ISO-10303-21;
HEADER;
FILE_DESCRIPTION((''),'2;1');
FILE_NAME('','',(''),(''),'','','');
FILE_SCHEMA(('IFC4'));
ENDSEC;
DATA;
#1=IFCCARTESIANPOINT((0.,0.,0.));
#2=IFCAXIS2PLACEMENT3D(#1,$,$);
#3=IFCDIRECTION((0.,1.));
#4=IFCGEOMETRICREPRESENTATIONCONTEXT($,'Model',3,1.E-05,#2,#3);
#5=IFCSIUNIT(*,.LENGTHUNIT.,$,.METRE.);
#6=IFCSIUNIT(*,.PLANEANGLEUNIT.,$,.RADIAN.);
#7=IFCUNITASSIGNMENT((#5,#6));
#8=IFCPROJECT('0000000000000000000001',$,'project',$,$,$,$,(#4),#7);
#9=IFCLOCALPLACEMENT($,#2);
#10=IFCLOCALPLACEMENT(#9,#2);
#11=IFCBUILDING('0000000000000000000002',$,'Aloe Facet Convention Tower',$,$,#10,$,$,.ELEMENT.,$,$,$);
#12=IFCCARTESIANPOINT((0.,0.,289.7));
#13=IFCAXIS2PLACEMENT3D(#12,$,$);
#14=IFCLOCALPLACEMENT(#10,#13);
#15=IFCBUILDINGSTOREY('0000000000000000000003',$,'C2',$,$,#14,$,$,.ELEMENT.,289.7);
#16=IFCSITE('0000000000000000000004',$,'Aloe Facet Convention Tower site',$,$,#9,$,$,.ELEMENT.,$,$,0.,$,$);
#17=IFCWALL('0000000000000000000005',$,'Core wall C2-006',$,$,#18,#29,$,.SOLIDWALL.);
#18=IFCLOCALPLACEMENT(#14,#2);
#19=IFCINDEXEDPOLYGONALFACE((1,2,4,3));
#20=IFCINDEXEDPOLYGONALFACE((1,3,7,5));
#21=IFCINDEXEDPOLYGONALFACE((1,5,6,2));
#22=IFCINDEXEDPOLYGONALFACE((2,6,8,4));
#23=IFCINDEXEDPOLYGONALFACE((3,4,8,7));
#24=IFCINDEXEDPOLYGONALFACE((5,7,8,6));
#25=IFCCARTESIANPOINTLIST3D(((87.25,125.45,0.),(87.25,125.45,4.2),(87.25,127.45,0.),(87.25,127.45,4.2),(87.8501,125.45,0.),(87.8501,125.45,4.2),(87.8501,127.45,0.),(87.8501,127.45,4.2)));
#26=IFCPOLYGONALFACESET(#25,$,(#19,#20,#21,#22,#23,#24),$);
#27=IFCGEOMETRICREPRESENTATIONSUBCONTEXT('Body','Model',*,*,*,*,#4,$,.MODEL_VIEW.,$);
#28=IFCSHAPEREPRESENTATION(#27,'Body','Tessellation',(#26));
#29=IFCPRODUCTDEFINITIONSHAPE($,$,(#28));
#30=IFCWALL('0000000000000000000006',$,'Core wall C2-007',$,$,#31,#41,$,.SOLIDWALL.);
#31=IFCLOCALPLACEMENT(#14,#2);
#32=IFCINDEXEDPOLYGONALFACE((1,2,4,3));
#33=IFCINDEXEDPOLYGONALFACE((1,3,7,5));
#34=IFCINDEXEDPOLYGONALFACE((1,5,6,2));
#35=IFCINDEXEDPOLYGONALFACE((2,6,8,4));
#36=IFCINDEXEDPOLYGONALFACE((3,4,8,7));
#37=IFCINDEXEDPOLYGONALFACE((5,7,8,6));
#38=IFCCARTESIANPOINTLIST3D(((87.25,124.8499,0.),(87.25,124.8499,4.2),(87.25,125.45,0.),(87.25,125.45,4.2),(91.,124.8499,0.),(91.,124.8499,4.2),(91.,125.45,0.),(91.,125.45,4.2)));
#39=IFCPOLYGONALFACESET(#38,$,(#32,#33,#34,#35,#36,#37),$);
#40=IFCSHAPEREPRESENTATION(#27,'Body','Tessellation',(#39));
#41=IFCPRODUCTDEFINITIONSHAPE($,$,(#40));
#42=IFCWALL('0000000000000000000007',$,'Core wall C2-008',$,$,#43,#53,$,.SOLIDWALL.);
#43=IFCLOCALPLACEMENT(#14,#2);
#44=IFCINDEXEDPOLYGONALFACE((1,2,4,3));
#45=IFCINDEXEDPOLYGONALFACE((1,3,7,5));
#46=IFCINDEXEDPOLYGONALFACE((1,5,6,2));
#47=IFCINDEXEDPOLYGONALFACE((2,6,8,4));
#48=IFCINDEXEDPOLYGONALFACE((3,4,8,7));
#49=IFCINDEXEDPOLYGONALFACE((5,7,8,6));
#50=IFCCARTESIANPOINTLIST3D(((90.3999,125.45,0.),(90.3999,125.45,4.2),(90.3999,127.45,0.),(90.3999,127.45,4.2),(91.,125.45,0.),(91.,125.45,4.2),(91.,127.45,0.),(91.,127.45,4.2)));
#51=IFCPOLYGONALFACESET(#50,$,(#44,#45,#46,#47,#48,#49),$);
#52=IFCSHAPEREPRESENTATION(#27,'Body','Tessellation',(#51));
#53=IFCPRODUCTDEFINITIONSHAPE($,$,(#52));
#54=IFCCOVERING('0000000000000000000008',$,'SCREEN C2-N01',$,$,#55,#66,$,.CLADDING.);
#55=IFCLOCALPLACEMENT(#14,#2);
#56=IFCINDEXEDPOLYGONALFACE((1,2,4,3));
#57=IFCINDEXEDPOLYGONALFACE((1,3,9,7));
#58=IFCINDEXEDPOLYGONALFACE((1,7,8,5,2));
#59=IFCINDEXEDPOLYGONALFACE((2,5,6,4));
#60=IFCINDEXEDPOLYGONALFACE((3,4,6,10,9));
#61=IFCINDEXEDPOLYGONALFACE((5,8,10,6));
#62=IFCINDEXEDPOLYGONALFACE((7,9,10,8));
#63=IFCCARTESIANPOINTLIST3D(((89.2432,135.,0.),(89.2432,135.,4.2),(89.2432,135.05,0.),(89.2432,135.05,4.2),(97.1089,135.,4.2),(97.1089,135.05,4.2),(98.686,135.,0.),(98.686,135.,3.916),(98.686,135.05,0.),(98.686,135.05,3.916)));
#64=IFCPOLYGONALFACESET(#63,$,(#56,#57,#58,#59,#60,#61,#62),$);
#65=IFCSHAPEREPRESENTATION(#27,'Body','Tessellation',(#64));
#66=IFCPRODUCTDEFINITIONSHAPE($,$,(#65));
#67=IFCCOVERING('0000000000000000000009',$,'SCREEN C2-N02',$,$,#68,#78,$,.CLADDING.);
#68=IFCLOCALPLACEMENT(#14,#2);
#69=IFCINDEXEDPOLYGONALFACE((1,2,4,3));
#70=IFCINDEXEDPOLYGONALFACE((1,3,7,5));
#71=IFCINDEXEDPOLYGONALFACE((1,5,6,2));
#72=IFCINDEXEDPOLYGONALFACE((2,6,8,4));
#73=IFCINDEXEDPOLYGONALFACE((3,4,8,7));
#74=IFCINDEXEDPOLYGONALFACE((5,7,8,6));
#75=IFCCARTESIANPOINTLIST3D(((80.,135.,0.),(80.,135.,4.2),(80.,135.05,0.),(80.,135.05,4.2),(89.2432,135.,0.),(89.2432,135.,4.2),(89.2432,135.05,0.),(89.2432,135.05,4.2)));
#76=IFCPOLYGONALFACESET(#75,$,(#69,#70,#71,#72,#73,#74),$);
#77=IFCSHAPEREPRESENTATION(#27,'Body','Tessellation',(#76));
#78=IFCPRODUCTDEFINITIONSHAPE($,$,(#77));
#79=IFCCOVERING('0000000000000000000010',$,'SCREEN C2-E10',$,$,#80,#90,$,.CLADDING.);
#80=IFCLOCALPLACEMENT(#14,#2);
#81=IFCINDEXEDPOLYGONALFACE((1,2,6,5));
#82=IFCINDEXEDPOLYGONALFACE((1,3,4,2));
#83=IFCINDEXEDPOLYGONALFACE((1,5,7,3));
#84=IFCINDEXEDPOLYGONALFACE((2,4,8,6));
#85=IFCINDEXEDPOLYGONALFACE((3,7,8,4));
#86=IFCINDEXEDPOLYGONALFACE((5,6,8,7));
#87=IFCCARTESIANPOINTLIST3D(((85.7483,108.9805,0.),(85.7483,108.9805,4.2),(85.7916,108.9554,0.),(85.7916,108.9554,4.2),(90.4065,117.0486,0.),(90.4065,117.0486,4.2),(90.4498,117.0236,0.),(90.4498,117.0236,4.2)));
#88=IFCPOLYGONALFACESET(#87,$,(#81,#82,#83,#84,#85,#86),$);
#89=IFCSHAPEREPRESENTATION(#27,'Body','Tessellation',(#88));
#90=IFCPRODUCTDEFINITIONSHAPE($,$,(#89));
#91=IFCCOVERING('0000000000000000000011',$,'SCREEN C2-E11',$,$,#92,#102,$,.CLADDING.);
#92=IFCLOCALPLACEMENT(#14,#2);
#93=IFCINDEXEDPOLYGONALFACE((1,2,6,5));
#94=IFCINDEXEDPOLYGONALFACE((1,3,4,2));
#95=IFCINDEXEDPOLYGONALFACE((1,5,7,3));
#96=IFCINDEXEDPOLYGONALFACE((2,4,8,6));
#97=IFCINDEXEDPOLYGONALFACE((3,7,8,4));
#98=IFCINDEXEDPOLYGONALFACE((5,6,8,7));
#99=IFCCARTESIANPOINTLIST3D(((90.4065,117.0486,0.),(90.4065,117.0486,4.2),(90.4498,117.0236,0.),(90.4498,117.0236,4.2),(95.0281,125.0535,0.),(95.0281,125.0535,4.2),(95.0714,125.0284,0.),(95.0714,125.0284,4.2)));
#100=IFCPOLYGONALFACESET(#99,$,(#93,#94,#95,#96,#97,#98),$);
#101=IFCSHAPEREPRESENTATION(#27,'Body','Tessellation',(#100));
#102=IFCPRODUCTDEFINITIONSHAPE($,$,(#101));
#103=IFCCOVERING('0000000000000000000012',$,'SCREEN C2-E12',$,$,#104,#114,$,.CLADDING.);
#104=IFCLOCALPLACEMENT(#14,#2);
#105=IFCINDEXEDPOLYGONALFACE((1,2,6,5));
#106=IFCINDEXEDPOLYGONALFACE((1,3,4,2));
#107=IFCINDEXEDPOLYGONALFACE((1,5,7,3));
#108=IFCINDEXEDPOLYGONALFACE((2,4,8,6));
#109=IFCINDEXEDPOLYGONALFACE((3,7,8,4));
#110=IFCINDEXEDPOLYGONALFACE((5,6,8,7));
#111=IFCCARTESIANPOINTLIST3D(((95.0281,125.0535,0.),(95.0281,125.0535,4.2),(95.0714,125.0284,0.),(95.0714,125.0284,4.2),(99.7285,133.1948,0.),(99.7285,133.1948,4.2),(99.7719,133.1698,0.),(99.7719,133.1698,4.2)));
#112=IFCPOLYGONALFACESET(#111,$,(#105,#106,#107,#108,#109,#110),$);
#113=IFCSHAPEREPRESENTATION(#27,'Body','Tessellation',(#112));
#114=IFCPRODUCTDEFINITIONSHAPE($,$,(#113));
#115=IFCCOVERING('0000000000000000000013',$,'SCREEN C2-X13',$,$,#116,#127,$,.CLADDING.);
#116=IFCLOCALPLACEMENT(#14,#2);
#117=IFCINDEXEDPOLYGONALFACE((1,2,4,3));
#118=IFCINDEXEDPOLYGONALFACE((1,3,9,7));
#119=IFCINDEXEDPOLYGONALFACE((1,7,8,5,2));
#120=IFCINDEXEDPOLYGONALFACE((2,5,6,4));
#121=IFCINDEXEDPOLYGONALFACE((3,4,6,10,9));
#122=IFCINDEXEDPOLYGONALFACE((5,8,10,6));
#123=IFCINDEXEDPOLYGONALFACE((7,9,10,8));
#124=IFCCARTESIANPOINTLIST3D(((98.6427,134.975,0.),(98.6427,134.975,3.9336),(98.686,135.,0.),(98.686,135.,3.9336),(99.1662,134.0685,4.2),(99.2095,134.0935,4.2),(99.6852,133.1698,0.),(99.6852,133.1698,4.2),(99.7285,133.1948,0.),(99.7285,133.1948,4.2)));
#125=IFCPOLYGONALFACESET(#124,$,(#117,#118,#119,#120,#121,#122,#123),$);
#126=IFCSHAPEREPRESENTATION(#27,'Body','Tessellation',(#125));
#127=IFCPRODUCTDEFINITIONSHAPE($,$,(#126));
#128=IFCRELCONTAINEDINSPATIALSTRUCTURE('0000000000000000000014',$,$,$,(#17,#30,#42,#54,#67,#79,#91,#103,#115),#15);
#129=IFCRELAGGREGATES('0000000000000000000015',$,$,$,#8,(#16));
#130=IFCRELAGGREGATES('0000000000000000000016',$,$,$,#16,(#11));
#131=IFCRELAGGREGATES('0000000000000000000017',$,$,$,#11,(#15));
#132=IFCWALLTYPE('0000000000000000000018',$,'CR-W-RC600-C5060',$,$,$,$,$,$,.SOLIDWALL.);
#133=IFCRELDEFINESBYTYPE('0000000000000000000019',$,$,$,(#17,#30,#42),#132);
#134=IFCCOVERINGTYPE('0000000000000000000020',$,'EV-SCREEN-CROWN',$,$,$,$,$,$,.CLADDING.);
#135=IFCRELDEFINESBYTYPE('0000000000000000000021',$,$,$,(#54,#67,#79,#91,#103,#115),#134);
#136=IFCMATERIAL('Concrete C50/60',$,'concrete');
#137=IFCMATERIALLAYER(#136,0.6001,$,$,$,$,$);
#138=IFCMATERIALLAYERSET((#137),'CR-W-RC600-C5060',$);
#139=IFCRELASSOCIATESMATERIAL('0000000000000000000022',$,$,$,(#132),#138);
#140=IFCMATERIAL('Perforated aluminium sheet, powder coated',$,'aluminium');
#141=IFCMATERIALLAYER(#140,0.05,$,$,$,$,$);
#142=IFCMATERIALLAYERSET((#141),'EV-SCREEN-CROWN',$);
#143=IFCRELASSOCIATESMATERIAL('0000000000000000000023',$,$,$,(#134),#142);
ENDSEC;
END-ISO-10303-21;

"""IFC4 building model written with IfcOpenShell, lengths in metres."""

from ifc_helpers import new_model, si_unit, direction, frame, frame_2d, origin, place, context, subcontext, project, spatial, polyline, rectangle, outline, extrude, material, layer, layer_set, type_object, element, save


model = new_model("IFC4")

# Units and contexts
model_context = context("Model", 3, precision=1e-05, world=origin(), true_north=direction((0.0, 1.0)))
body_context = subcontext(model_context, "Body", "Model", "MODEL_VIEW")
ifc_project = project(units=[si_unit("LENGTHUNIT", "METRE"), si_unit("PLANEANGLEUNIT", "RADIAN")], contexts=[model_context])

# Site, building, storey
site_placement = place(None, origin())
site = spatial("IfcSite", under=ifc_project, at=site_placement, Name="Aloe Facet Convention Tower site", CompositionType="ELEMENT", RefElevation=0.0)
building_placement = place(site_placement, origin())
building = spatial("IfcBuilding", under=site, at=building_placement, Name="Aloe Facet Convention Tower", CompositionType="ELEMENT")
storey_placement = place(building_placement, frame((0.0, 0.0, 289.7)))
storey = spatial("IfcBuildingStorey", under=building, at=storey_placement, Name="C2", CompositionType="ELEMENT", Elevation=289.7)

# Walls
ifc_material_1 = material(Name="Concrete C50/60", Category="concrete")
ifc_layer_1 = layer(ifc_material_1, 0.6001)
ifc_layer_set_1 = layer_set([ifc_layer_1], Name="CR-W-RC600-C5060")
wall_type = type_object("IfcWallType", Name="CR-W-RC600-C5060", PredefinedType="SOLIDWALL", material=ifc_layer_set_1)
wall_1_placement = place(storey_placement, frame((87.55, 127.45, 0.0), z_axis=(0.0, 0.0, 1.0), x_axis=(0.0, -1.0, 0.0)))
element("IfcWall", 1, at=wall_1_placement, inside=storey, type_object=wall_type, Name="Core wall C2-006", PredefinedType="SOLIDWALL", context=body_context, shape_type="SweptSolid", body=[
    extrude(rectangle(XDim=2.0, YDim=0.6001, at=frame_2d((1.0, 0.0))), origin(), (0.0, 0.0, 1.0), 4.2),
])
wall_2_placement = place(storey_placement, frame((87.25, 125.1499, 0.0), z_axis=(0.0, 0.0, 1.0), x_axis=(1.0, 0.0, 0.0)))
element("IfcWall", 2, at=wall_2_placement, inside=storey, type_object=wall_type, Name="Core wall C2-007", PredefinedType="SOLIDWALL", context=body_context, shape_type="SweptSolid", body=[
    extrude(rectangle(XDim=3.75, YDim=0.6001, at=frame_2d((1.875, 0.0))), origin(), (0.0, 0.0, 1.0), 4.2),
])
wall_3_placement = place(storey_placement, frame((90.7, 127.45, 0.0), z_axis=(0.0, 0.0, 1.0), x_axis=(0.0, -1.0, 0.0)))
element("IfcWall", 3, at=wall_3_placement, inside=storey, type_object=wall_type, Name="Core wall C2-008", PredefinedType="SOLIDWALL", context=body_context, shape_type="SweptSolid", body=[
    extrude(rectangle(XDim=2.0, YDim=0.6001, at=frame_2d((1.0, 0.0))), origin(), (0.0, 0.0, 1.0), 4.2),
])

# Coverings
ifc_material_2 = material(Name="Perforated aluminium sheet, powder coated", Category="aluminium")
ifc_layer_2 = layer(ifc_material_2, 0.05)
ifc_layer_set_2 = layer_set([ifc_layer_2], Name="EV-SCREEN-CROWN")
covering_type = type_object("IfcCoveringType", Name="EV-SCREEN-CROWN", PredefinedType="CLADDING", material=ifc_layer_set_2)
covering_1_placement = place(storey_placement, frame((98.686, 135.0, 0.0), z_axis=(0.0, -1.0, 0.0), x_axis=(0.0, 0.0, 1.0)))
element("IfcCovering", 4, at=covering_1_placement, inside=storey, type_object=covering_type, Name="SCREEN C2-N01", PredefinedType="CLADDING", context=body_context, shape_type="SweptSolid", body=[
    extrude(outline(polyline([(0.0, 0.0), (3.916, 0.0), (4.2, 1.5771), (4.2, 9.4429), (0.0, 9.4429), (0.0, 0.0)])), origin(), (0.0, 0.0, -1.0), 0.05),
])
covering_2_placement = place(storey_placement, frame((89.2432, 135.0, 0.0), z_axis=(0.0, -1.0, 0.0), x_axis=(0.0, 0.0, 1.0)))
element("IfcCovering", 5, at=covering_2_placement, inside=storey, type_object=covering_type, Name="SCREEN C2-N02", PredefinedType="CLADDING", context=body_context, shape_type="SweptSolid", body=[
    extrude(outline(polyline([(0.0, 0.0), (4.2, 0.0), (4.2, 9.2432), (0.0, 9.2432), (0.0, 0.0)])), origin(), (0.0, 0.0, -1.0), 0.05),
])
covering_3_placement = place(storey_placement, frame((85.7483, 108.9805, 0.0), z_axis=(-0.866022, 0.500006, 0.0), x_axis=(0.0, 0.0, 1.0)))
element("IfcCovering", 6, at=covering_3_placement, inside=storey, type_object=covering_type, Name="SCREEN C2-E10", PredefinedType="CLADDING", context=body_context, shape_type="SweptSolid", body=[
    extrude(outline(polyline([(0.0, 0.0), (4.2, 0.0), (4.2, 9.3163), (0.0, 9.3163), (0.0, 0.0)])), origin(), (0.0, 0.0, -1.0), 0.05),
])
covering_4_placement = place(storey_placement, frame((90.4065, 117.0486, 0.0), z_axis=(-0.866027, 0.499997, 0.0), x_axis=(0.0, 0.0, 1.0)))
element("IfcCovering", 7, at=covering_4_placement, inside=storey, type_object=covering_type, Name="SCREEN C2-E11", PredefinedType="CLADDING", context=body_context, shape_type="SweptSolid", body=[
    extrude(outline(polyline([(0.0, 0.0), (4.2, 0.0), (4.2, 9.2432), (0.0, 9.2432), (0.0, 0.0)])), origin(), (0.0, 0.0, -1.0), 0.05),
])
covering_5_placement = place(storey_placement, frame((95.0281, 125.0535, 0.0), z_axis=(-0.866024, 0.500002, 0.0), x_axis=(0.0, 0.0, 1.0)))
element("IfcCovering", 8, at=covering_5_placement, inside=storey, type_object=covering_type, Name="SCREEN C2-E12", PredefinedType="CLADDING", context=body_context, shape_type="SweptSolid", body=[
    extrude(outline(polyline([(0.0, 0.0), (4.2, 0.0), (4.2, 9.4008), (0.0, 9.4008), (0.0, 0.0)])), origin(), (0.0, 0.0, -1.0), 0.05),
])
covering_6_placement = place(storey_placement, frame((99.7285, 133.1948, 0.0), z_axis=(0.865971, 0.500095, 0.000006), x_axis=(-0.000005, -0.000003, 1.0)))
element("IfcCovering", 9, at=covering_6_placement, inside=storey, type_object=covering_type, Name="SCREEN C2-X13", PredefinedType="CLADDING", context=body_context, shape_type="SweptSolid", body=[
    extrude(outline(polyline([(0.0, 0.0), (4.2, 0.0), (4.2, -1.0378), (3.9336, -2.0846), (0.0, -2.0846), (0.0, 0.0)])), origin(), (0.0, 0.0, -1.0), 0.05),
])

save(model, "model.ifc")
